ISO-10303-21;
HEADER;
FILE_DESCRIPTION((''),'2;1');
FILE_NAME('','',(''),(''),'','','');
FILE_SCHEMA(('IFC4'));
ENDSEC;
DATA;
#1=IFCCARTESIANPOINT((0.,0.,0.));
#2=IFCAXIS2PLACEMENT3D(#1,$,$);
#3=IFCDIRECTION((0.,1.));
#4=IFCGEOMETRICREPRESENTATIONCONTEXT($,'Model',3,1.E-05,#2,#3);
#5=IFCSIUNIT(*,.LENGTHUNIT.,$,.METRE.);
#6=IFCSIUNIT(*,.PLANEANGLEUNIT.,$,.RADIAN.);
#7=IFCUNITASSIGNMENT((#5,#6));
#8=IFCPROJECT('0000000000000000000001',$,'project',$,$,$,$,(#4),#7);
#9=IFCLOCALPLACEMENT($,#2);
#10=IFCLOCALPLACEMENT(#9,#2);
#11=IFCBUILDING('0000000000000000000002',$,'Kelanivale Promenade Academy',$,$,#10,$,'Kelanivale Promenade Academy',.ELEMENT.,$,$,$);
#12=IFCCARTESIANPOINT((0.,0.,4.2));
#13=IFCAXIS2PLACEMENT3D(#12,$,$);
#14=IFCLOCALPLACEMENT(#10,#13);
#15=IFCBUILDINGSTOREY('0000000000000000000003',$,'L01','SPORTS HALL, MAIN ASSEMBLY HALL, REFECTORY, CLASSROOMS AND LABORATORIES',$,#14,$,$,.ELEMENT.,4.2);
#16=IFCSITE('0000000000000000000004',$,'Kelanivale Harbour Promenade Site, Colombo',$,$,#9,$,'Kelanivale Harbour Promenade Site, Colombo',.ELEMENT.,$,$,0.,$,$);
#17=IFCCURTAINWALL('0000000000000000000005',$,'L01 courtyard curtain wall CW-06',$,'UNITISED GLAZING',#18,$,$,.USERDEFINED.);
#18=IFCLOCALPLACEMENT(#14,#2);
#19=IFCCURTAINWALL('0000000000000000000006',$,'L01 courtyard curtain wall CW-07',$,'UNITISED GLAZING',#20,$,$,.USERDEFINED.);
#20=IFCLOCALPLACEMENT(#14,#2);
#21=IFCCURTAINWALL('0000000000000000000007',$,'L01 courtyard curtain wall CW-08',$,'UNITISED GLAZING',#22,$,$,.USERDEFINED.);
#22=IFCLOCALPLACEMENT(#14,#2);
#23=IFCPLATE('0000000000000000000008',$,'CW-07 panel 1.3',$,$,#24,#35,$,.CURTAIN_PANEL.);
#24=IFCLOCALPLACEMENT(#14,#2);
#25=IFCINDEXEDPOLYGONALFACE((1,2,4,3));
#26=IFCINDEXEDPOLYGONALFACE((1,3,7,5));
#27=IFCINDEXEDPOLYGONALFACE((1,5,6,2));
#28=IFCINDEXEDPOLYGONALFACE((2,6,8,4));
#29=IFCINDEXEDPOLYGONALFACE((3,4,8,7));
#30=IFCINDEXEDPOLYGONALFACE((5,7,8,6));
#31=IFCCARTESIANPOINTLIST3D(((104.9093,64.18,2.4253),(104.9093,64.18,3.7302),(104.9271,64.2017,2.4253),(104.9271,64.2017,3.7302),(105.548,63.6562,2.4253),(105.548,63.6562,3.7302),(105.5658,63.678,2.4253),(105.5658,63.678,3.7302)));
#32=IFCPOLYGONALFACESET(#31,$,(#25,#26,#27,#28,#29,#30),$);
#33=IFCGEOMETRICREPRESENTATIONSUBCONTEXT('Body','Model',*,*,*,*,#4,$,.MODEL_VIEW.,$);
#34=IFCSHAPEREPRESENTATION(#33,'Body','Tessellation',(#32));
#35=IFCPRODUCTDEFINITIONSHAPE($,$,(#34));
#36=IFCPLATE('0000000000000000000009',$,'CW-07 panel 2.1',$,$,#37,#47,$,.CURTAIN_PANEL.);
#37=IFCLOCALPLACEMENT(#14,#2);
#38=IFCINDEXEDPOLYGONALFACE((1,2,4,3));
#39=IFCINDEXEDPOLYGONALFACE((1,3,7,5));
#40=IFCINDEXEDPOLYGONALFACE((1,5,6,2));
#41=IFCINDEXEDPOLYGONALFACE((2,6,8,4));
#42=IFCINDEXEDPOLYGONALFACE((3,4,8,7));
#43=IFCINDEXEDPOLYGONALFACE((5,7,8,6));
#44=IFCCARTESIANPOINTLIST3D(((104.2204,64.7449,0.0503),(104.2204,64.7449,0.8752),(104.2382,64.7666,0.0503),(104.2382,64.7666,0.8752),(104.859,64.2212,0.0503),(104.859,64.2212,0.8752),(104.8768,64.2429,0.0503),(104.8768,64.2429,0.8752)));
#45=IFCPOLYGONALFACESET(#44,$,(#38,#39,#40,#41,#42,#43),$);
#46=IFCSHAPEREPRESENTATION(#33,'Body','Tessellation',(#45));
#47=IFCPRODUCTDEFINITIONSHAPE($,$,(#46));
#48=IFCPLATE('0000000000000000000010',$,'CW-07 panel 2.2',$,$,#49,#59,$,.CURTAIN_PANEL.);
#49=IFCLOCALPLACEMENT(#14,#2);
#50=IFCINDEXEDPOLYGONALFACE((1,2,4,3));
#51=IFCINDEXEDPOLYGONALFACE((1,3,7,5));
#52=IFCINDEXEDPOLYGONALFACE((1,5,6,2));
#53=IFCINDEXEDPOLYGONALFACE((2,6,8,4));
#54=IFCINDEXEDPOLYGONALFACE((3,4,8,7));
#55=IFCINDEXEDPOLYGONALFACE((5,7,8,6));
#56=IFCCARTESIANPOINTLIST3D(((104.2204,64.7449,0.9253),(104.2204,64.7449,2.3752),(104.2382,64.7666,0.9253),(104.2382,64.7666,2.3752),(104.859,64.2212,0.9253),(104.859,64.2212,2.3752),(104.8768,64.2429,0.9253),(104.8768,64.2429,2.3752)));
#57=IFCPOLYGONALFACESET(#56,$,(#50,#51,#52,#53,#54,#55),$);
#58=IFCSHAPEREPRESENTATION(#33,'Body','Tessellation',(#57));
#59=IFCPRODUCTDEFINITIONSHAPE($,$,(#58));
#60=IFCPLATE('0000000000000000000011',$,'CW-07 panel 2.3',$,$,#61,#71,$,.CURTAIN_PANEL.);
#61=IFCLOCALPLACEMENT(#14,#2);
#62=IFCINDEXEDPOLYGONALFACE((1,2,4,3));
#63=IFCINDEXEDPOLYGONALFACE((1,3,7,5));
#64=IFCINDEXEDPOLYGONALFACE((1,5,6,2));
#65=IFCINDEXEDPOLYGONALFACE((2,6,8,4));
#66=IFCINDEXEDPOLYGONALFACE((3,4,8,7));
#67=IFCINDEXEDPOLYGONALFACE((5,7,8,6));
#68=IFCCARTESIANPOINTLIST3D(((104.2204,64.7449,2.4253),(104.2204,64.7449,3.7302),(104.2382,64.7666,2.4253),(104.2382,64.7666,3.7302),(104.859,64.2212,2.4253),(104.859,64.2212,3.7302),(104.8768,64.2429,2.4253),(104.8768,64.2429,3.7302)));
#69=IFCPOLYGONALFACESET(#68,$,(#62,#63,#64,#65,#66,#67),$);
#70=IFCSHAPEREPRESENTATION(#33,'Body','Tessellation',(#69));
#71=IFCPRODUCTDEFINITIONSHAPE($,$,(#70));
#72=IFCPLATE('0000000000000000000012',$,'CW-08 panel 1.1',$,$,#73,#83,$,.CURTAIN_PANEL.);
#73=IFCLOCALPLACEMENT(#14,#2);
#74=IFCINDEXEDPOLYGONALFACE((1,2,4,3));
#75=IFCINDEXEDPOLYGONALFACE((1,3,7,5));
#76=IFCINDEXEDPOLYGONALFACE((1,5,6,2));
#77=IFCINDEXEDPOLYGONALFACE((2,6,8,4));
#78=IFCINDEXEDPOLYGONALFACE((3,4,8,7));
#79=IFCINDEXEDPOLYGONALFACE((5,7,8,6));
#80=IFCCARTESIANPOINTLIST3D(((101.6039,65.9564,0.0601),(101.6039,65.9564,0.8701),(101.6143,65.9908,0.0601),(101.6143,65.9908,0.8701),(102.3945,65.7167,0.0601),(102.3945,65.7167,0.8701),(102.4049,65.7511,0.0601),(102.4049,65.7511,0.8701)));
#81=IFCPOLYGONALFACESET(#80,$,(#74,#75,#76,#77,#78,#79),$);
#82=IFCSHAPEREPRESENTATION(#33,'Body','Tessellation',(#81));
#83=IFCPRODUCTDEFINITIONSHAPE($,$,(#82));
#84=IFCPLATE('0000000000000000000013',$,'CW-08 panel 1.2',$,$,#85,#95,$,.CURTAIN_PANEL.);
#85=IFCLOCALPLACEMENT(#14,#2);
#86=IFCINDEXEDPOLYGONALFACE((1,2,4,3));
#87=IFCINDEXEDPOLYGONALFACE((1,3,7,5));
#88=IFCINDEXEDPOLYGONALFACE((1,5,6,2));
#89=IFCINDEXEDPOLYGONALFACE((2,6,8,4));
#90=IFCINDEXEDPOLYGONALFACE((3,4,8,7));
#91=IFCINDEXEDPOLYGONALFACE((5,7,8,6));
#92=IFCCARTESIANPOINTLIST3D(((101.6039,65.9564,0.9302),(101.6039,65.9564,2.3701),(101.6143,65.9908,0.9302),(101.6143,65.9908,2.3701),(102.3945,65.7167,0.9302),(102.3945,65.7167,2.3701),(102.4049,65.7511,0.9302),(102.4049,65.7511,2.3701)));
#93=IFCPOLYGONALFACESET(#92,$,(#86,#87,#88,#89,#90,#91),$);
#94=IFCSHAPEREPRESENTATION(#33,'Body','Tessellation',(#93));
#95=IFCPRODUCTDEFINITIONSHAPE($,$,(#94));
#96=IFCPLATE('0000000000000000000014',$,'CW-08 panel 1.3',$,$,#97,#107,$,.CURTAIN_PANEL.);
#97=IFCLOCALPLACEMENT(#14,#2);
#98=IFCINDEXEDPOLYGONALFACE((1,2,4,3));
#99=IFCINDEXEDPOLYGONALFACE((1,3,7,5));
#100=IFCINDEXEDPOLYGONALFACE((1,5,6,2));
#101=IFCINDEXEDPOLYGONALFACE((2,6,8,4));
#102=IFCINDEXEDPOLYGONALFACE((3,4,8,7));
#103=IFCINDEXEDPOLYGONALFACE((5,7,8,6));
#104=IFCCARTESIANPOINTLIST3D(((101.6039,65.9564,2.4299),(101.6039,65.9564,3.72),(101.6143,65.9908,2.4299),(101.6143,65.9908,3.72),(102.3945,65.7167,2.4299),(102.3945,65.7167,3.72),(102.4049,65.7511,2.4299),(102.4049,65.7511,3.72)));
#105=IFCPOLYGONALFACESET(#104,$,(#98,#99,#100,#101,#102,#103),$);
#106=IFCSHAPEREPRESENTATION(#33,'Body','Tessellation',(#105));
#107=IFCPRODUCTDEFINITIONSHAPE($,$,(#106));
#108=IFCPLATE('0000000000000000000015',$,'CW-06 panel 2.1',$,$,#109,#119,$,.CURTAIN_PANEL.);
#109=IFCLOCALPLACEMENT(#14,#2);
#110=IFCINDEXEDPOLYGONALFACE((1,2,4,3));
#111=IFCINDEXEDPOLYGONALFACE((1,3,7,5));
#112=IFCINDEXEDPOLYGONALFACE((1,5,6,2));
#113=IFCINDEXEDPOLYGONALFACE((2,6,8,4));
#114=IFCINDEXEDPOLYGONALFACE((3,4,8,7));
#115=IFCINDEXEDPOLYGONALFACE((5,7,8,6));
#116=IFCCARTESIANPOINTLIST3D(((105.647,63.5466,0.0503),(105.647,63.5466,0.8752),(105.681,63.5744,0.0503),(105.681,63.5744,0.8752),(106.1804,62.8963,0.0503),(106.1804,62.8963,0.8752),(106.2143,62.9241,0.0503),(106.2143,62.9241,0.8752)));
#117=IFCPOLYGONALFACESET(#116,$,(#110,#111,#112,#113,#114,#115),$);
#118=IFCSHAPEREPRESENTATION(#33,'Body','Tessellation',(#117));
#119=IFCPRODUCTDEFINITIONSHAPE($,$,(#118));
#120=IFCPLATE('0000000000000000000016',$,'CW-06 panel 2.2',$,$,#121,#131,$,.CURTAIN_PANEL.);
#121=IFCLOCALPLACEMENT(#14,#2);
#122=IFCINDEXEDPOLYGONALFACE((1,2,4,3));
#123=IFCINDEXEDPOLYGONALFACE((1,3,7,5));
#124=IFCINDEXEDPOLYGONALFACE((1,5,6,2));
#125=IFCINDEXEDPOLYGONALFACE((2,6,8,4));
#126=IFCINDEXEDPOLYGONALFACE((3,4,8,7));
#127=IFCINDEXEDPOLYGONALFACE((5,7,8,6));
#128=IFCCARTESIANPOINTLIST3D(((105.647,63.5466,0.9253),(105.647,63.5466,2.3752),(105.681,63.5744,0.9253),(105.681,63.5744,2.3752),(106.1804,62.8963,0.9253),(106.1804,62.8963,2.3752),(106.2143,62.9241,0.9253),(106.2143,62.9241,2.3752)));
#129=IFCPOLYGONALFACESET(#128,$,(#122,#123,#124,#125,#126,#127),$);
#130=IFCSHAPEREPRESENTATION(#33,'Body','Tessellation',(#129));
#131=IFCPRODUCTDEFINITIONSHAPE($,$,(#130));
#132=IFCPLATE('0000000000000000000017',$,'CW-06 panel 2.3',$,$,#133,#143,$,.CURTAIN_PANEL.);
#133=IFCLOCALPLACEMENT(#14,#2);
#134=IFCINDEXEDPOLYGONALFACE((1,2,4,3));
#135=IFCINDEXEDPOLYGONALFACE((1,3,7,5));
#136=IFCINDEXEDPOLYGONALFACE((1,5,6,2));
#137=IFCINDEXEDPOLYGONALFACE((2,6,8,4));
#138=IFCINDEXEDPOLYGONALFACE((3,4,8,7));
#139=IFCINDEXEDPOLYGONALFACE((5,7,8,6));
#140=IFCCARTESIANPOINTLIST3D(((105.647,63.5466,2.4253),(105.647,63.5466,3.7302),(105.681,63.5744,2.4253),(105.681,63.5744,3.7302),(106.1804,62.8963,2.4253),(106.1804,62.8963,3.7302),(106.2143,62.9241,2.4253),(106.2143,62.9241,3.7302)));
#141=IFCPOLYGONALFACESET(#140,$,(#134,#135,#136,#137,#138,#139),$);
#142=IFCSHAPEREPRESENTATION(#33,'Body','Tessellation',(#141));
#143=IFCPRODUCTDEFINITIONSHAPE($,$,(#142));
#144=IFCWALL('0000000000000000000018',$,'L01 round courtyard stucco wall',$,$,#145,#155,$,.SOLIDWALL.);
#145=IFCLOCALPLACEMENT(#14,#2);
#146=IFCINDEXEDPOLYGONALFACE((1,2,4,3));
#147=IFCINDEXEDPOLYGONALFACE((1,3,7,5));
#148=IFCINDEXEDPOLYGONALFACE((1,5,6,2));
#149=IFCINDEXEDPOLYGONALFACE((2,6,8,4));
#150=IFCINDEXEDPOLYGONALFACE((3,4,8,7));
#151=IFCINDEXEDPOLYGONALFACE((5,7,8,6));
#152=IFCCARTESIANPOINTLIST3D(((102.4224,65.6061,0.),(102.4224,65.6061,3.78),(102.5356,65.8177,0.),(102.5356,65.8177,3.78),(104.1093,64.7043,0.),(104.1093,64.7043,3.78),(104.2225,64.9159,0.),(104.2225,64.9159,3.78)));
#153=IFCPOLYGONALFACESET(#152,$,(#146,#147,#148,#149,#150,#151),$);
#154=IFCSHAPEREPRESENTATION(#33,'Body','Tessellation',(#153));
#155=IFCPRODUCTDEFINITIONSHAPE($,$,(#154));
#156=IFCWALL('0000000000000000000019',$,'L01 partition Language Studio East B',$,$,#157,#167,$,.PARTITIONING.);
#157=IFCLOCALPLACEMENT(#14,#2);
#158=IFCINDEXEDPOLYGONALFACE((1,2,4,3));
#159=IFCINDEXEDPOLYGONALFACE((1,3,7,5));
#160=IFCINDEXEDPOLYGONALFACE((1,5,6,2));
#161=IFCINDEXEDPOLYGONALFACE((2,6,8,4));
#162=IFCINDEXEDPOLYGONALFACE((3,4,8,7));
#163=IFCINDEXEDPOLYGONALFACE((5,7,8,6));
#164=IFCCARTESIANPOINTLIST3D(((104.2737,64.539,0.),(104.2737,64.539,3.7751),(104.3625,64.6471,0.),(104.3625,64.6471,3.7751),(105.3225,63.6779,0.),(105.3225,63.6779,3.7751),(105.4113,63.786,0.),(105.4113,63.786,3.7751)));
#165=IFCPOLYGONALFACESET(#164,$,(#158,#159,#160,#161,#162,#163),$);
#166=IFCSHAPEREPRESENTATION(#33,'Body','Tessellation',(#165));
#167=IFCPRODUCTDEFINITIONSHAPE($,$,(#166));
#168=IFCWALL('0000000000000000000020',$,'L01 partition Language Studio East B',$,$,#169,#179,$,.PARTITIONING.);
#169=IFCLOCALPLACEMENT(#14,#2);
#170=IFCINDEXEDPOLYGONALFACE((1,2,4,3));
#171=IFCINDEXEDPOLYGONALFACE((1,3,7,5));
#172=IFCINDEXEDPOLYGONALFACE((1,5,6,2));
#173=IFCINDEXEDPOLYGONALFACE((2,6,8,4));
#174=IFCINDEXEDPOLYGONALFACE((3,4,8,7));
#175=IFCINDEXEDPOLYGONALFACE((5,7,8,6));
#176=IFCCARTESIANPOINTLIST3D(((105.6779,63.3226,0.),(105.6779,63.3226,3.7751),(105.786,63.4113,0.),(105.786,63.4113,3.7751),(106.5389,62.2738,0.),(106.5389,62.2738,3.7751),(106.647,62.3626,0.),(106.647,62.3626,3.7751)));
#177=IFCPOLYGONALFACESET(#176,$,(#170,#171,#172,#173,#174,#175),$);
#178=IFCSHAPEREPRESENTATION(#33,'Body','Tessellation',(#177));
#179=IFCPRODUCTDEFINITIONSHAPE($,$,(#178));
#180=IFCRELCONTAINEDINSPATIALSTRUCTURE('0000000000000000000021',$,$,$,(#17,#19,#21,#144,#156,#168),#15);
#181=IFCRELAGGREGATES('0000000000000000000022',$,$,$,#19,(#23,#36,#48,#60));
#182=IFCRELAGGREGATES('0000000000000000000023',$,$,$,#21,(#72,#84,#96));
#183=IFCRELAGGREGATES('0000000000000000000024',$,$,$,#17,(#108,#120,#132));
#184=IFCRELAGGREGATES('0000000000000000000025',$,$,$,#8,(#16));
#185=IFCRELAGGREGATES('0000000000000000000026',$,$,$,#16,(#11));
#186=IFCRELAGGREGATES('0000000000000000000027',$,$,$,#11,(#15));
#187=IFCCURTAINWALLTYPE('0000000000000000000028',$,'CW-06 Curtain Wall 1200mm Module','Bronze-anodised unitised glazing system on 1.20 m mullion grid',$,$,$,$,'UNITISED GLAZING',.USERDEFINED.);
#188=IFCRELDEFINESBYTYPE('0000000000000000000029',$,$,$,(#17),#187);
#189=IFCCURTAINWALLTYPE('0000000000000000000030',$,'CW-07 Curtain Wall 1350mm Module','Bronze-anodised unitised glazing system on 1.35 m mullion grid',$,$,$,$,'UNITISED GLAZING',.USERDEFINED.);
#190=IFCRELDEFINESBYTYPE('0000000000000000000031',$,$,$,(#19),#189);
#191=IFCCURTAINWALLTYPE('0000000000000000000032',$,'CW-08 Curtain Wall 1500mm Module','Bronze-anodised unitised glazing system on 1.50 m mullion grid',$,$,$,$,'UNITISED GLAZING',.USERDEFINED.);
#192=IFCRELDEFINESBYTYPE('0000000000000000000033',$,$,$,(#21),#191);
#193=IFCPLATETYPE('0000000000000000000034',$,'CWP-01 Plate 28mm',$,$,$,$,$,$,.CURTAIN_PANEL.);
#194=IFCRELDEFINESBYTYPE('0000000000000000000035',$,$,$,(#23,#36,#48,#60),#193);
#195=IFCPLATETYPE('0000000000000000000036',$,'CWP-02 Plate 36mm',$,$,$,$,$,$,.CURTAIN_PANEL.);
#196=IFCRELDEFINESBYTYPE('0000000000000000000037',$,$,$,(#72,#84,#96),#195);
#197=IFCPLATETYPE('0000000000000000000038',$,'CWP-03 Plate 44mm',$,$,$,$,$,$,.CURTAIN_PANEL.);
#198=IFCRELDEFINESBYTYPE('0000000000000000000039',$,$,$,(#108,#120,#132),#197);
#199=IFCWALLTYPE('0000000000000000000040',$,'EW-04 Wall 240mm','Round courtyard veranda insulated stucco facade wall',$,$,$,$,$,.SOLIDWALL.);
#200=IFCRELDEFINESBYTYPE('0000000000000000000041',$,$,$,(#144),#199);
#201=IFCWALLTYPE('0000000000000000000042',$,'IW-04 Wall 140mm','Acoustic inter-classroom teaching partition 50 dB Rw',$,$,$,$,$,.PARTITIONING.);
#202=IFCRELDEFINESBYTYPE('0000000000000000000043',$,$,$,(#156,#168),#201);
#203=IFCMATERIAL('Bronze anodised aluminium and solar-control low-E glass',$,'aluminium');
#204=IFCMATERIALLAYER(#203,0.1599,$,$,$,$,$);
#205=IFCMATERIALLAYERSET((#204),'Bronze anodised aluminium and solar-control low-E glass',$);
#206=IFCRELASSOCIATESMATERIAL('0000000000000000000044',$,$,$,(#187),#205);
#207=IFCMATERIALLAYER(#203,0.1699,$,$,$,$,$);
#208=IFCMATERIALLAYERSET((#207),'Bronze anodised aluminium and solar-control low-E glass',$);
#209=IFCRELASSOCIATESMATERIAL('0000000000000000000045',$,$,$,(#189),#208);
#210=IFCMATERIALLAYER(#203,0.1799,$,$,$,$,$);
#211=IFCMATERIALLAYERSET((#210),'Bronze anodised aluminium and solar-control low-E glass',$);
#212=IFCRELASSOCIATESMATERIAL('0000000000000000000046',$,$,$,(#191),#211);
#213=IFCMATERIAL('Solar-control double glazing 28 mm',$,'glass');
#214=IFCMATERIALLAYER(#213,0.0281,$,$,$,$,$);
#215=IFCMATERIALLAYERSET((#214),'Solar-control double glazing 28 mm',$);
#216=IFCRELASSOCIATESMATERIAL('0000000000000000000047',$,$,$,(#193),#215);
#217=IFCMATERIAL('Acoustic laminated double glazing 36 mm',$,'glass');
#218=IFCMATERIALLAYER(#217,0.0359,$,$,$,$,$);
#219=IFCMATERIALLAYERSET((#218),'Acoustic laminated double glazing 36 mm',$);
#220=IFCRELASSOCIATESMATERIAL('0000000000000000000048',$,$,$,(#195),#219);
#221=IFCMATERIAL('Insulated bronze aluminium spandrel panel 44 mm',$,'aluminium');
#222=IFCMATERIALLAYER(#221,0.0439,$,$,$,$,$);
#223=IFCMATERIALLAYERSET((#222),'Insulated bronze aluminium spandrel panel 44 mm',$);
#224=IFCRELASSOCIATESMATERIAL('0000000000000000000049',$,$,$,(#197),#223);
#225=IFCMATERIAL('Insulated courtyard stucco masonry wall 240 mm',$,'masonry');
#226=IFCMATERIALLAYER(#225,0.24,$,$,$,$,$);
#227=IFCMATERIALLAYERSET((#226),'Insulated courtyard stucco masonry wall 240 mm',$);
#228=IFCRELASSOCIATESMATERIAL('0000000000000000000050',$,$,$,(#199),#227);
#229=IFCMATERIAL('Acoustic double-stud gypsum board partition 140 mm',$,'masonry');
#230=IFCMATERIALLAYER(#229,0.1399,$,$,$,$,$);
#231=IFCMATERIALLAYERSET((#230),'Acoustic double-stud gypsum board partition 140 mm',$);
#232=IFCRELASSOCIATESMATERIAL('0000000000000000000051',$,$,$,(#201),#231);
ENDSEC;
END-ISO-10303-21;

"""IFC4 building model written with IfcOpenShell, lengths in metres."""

from ifc_helpers import new_model, si_unit, direction, frame, frame_2d, origin, origin_2d, place, context, subcontext, project, spatial, rectangle, extrude, material, layer, layer_set, type_object, element, aggregate, save


model = new_model("IFC4")

# Units and contexts
model_context = context("Model", 3, precision=1e-05, world=origin(), true_north=direction((0.0, 1.0)))
body_context = subcontext(model_context, "Body", "Model", "MODEL_VIEW")
ifc_project = project(units=[si_unit("LENGTHUNIT", "METRE"), si_unit("PLANEANGLEUNIT", "RADIAN")], contexts=[model_context])

# Site, building, storey
site_placement = place(None, origin())
site = spatial("IfcSite", under=ifc_project, at=site_placement, Name="Kelanivale Harbour Promenade Site, Colombo", LongName="Kelanivale Harbour Promenade Site, Colombo", CompositionType="ELEMENT", RefElevation=0.0)
building_placement = place(site_placement, origin())
building = spatial("IfcBuilding", under=site, at=building_placement, Name="Kelanivale Promenade Academy", LongName="Kelanivale Promenade Academy", CompositionType="ELEMENT")
storey_placement = place(building_placement, frame((0.0, 0.0, 4.2)))
storey = spatial("IfcBuildingStorey", under=building, at=storey_placement, Name="L01", Description="SPORTS HALL, MAIN ASSEMBLY HALL, REFECTORY, CLASSROOMS AND LABORATORIES", CompositionType="ELEMENT", Elevation=4.2)

# Curtain wall
ifc_material_1 = material(Name="Bronze anodised aluminium and solar-control low-E glass", Category="aluminium")
ifc_layer_1 = layer(ifc_material_1, 0.1599)
ifc_layer_set_1 = layer_set([ifc_layer_1], Name="Bronze anodised aluminium and solar-control low-E glass")
curtain_wall_type_1 = type_object("IfcCurtainWallType", Name="CW-06 Curtain Wall 1200mm Module", Description="Bronze-anodised unitised glazing system on 1.20 m mullion grid", ElementType="UNITISED GLAZING", PredefinedType="USERDEFINED", material=ifc_layer_set_1)
curtain_wall_1_placement = place(storey_placement, origin())
curtain_wall_1 = element("IfcCurtainWall", 1, at=curtain_wall_1_placement, inside=storey, type_object=curtain_wall_type_1, Name="L01 courtyard curtain wall CW-06", ObjectType="UNITISED GLAZING", PredefinedType="USERDEFINED")

# Curtain walls
ifc_layer_2 = layer(ifc_material_1, 0.1699)
ifc_layer_set_2 = layer_set([ifc_layer_2], Name="Bronze anodised aluminium and solar-control low-E glass")
curtain_wall_type_2 = type_object("IfcCurtainWallType", Name="CW-07 Curtain Wall 1350mm Module", Description="Bronze-anodised unitised glazing system on 1.35 m mullion grid", ElementType="UNITISED GLAZING", PredefinedType="USERDEFINED", material=ifc_layer_set_2)
curtain_wall_2_placement = place(storey_placement, origin())
curtain_wall_2 = element("IfcCurtainWall", 2, at=curtain_wall_2_placement, inside=storey, type_object=curtain_wall_type_2, Name="L01 courtyard curtain wall CW-07", ObjectType="UNITISED GLAZING", PredefinedType="USERDEFINED")
ifc_layer_3 = layer(ifc_material_1, 0.1799)
ifc_layer_set_3 = layer_set([ifc_layer_3], Name="Bronze anodised aluminium and solar-control low-E glass")
curtain_wall_type_3 = type_object("IfcCurtainWallType", Name="CW-08 Curtain Wall 1500mm Module", Description="Bronze-anodised unitised glazing system on 1.50 m mullion grid", ElementType="UNITISED GLAZING", PredefinedType="USERDEFINED", material=ifc_layer_set_3)
curtain_wall_3_placement = place(storey_placement, origin())
curtain_wall_3 = element("IfcCurtainWall", 3, at=curtain_wall_3_placement, inside=storey, type_object=curtain_wall_type_3, Name="L01 courtyard curtain wall CW-08", ObjectType="UNITISED GLAZING", PredefinedType="USERDEFINED")

# Plates
ifc_material_2 = material(Name="Solar-control double glazing 28 mm", Category="glass")
ifc_layer_4 = layer(ifc_material_2, 0.0281)
ifc_layer_set_4 = layer_set([ifc_layer_4], Name="Solar-control double glazing 28 mm")
plate_type_1 = type_object("IfcPlateType", Name="CWP-01 Plate 28mm", PredefinedType="CURTAIN_PANEL", material=ifc_layer_set_4)
plate_1_placement = place(storey_placement, frame((105.2375, 63.929, 2.4253), z_axis=(0.0, 0.0, 1.0), x_axis=(-0.773257, 0.634093, 0.0)))
plate_1 = element("IfcPlate", 4, at=plate_1_placement, type_object=plate_type_1, Name="CW-07 panel 1.3", PredefinedType="CURTAIN_PANEL", context=body_context, shape_type="SweptSolid", body=[
    extrude(rectangle(XDim=0.8259, YDim=0.0281, at=origin_2d()), origin(), (0.0, 0.0, 1.0), 1.3049),
])
plate_2_placement = place(storey_placement, frame((104.5486, 64.4939, 0.0503), z_axis=(0.0, 0.0, 1.0), x_axis=(-0.773257, 0.634093, 0.0)))
plate_2 = element("IfcPlate", 5, at=plate_2_placement, type_object=plate_type_1, Name="CW-07 panel 2.1", PredefinedType="CURTAIN_PANEL", context=body_context, shape_type="SweptSolid", body=[
    extrude(rectangle(XDim=0.8259, YDim=0.0281, at=origin_2d()), origin(), (0.0, 0.0, 1.0), 0.825),
])
plate_3_placement = place(storey_placement, frame((104.5486, 64.4939, 0.9253), z_axis=(0.0, 0.0, 1.0), x_axis=(-0.773257, 0.634093, 0.0)))
plate_3 = element("IfcPlate", 6, at=plate_3_placement, type_object=plate_type_1, Name="CW-07 panel 2.2", PredefinedType="CURTAIN_PANEL", context=body_context, shape_type="SweptSolid", body=[
    extrude(rectangle(XDim=0.8259, YDim=0.0281, at=origin_2d()), origin(), (0.0, 0.0, 1.0), 1.45),
])
plate_4_placement = place(storey_placement, frame((104.5486, 64.4939, 2.4253), z_axis=(0.0, 0.0, 1.0), x_axis=(-0.773257, 0.634093, 0.0)))
plate_4 = element("IfcPlate", 7, at=plate_4_placement, type_object=plate_type_1, Name="CW-07 panel 2.3", PredefinedType="CURTAIN_PANEL", context=body_context, shape_type="SweptSolid", body=[
    extrude(rectangle(XDim=0.8259, YDim=0.0281, at=origin_2d()), origin(), (0.0, 0.0, 1.0), 1.3049),
])
aggregate(curtain_wall_2, [plate_1, plate_2, plate_3, plate_4])
ifc_material_3 = material(Name="Acoustic laminated double glazing 36 mm", Category="glass")
ifc_layer_5 = layer(ifc_material_3, 0.0359)
ifc_layer_set_5 = layer_set([ifc_layer_5], Name="Acoustic laminated double glazing 36 mm")
plate_type_2 = type_object("IfcPlateType", Name="CWP-02 Plate 36mm", PredefinedType="CURTAIN_PANEL", material=ifc_layer_set_5)
plate_5_placement = place(storey_placement, frame((102.0044, 65.8538, 0.0601), z_axis=(0.0, 0.0, 1.0), x_axis=(-0.956988, 0.290128, 0.0)))
plate_5 = element("IfcPlate", 8, at=plate_5_placement, type_object=plate_type_2, Name="CW-08 panel 1.1", PredefinedType="CURTAIN_PANEL", context=body_context, shape_type="SweptSolid", body=[
    extrude(rectangle(XDim=0.8262, YDim=0.0359, at=origin_2d()), origin(), (0.0, 0.0, 1.0), 0.8101),
])
plate_6_placement = place(storey_placement, frame((102.0044, 65.8538, 0.9302), z_axis=(0.0, 0.0, 1.0), x_axis=(-0.956988, 0.290128, 0.0)))
plate_6 = element("IfcPlate", 9, at=plate_6_placement, type_object=plate_type_2, Name="CW-08 panel 1.2", PredefinedType="CURTAIN_PANEL", context=body_context, shape_type="SweptSolid", body=[
    extrude(rectangle(XDim=0.8262, YDim=0.0359, at=origin_2d()), origin(), (0.0, 0.0, 1.0), 1.4399),
])
plate_7_placement = place(storey_placement, frame((102.0044, 65.8538, 2.4299), z_axis=(0.0, 0.0, 1.0), x_axis=(-0.956988, 0.290128, 0.0)))
plate_7 = element("IfcPlate", 10, at=plate_7_placement, type_object=plate_type_2, Name="CW-08 panel 1.3", PredefinedType="CURTAIN_PANEL", context=body_context, shape_type="SweptSolid", body=[
    extrude(rectangle(XDim=0.8262, YDim=0.0359, at=origin_2d()), origin(), (0.0, 0.0, 1.0), 1.29),
])
aggregate(curtain_wall_3, [plate_5, plate_6, plate_7])
ifc_material_4 = material(Name="Insulated bronze aluminium spandrel panel 44 mm", Category="aluminium")
ifc_layer_6 = layer(ifc_material_4, 0.0439)
ifc_layer_set_6 = layer_set([ifc_layer_6], Name="Insulated bronze aluminium spandrel panel 44 mm")
plate_type_3 = type_object("IfcPlateType", Name="CWP-03 Plate 44mm", PredefinedType="CURTAIN_PANEL", material=ifc_layer_set_6)
plate_8_placement = place(storey_placement, frame((105.9307, 63.2354, 0.0503), z_axis=(0.0, 0.0, 1.0), x_axis=(-0.634144, 0.773215, 0.0)))
plate_8 = element("IfcPlate", 11, at=plate_8_placement, type_object=plate_type_3, Name="CW-06 panel 2.1", PredefinedType="CURTAIN_PANEL", context=body_context, shape_type="SweptSolid", body=[
    extrude(rectangle(XDim=0.8411, YDim=0.0439, at=origin_2d()), origin(), (0.0, 0.0, 1.0), 0.825),
])
plate_9_placement = place(storey_placement, frame((105.9307, 63.2354, 0.9253), z_axis=(0.0, 0.0, 1.0), x_axis=(-0.634144, 0.773215, 0.0)))
plate_9 = element("IfcPlate", 12, at=plate_9_placement, type_object=plate_type_3, Name="CW-06 panel 2.2", PredefinedType="CURTAIN_PANEL", context=body_context, shape_type="SweptSolid", body=[
    extrude(rectangle(XDim=0.8411, YDim=0.0439, at=origin_2d()), origin(), (0.0, 0.0, 1.0), 1.45),
])
plate_10_placement = place(storey_placement, frame((105.9307, 63.2354, 2.4253), z_axis=(0.0, 0.0, 1.0), x_axis=(-0.634144, 0.773215, 0.0)))
plate_10 = element("IfcPlate", 13, at=plate_10_placement, type_object=plate_type_3, Name="CW-06 panel 2.3", PredefinedType="CURTAIN_PANEL", context=body_context, shape_type="SweptSolid", body=[
    extrude(rectangle(XDim=0.8411, YDim=0.0439, at=origin_2d()), origin(), (0.0, 0.0, 1.0), 1.3049),
])
aggregate(curtain_wall_1, [plate_8, plate_9, plate_10])

# Walls
ifc_material_5 = material(Name="Insulated courtyard stucco masonry wall 240 mm", Category="masonry")
ifc_layer_7 = layer(ifc_material_5, 0.24)
ifc_layer_set_7 = layer_set([ifc_layer_7], Name="Insulated courtyard stucco masonry wall 240 mm")
wall_type_1 = type_object("IfcWallType", Name="EW-04 Wall 240mm", Description="Round courtyard veranda insulated stucco facade wall", PredefinedType="SOLIDWALL", material=ifc_layer_set_7)
wall_placement = place(storey_placement, frame((104.166, 64.8101, 0.0), z_axis=(0.0, 0.0, 1.0), x_axis=(-0.881893, 0.471449, 0.0)))
element("IfcWall", 14, at=wall_placement, inside=storey, type_object=wall_type_1, Name="L01 round courtyard stucco wall", PredefinedType="SOLIDWALL", context=body_context, shape_type="SweptSolid", body=[
    extrude(rectangle(XDim=1.9128, YDim=0.24, at=frame_2d((0.9565, 0.0))), origin(), (0.0, 0.0, 1.0), 3.78),
])
ifc_material_6 = material(Name="Acoustic double-stud gypsum board partition 140 mm", Category="masonry")
ifc_layer_8 = layer(ifc_material_6, 0.1399)
ifc_layer_set_8 = layer_set([ifc_layer_8], Name="Acoustic double-stud gypsum board partition 140 mm")
wall_type_2 = type_object("IfcWallType", Name="IW-04 Wall 140mm", Description="Acoustic inter-classroom teaching partition 50 dB Rw", PredefinedType="PARTITIONING", material=ifc_layer_set_8)
for number, where, z_axis, x_axis, name in (
    (15, (104.3181, 64.593, 0.0), (0.0, 0.0, 1.0), (0.77289, -0.63454, 0.0), "L01 partition Language Studio East B"),
    (16, (105.7319, 63.3669, 0.0), (0.0, 0.0, 1.0), (0.63454, -0.77289, 0.0), "L01 partition Language Studio East B"),
):
    element("IfcWall", number, at=place(storey_placement, frame(where, z_axis=z_axis, x_axis=x_axis)), inside=storey, type_object=wall_type_2, Name=name, PredefinedType="PARTITIONING", context=body_context, shape_type="SweptSolid", body=[
        extrude(rectangle(XDim=1.3569, YDim=0.1399, at=frame_2d((0.6785, 0.0))), origin(), (0.0, 0.0, 1.0), 3.7751),
    ])

save(model, "model.ifc")
